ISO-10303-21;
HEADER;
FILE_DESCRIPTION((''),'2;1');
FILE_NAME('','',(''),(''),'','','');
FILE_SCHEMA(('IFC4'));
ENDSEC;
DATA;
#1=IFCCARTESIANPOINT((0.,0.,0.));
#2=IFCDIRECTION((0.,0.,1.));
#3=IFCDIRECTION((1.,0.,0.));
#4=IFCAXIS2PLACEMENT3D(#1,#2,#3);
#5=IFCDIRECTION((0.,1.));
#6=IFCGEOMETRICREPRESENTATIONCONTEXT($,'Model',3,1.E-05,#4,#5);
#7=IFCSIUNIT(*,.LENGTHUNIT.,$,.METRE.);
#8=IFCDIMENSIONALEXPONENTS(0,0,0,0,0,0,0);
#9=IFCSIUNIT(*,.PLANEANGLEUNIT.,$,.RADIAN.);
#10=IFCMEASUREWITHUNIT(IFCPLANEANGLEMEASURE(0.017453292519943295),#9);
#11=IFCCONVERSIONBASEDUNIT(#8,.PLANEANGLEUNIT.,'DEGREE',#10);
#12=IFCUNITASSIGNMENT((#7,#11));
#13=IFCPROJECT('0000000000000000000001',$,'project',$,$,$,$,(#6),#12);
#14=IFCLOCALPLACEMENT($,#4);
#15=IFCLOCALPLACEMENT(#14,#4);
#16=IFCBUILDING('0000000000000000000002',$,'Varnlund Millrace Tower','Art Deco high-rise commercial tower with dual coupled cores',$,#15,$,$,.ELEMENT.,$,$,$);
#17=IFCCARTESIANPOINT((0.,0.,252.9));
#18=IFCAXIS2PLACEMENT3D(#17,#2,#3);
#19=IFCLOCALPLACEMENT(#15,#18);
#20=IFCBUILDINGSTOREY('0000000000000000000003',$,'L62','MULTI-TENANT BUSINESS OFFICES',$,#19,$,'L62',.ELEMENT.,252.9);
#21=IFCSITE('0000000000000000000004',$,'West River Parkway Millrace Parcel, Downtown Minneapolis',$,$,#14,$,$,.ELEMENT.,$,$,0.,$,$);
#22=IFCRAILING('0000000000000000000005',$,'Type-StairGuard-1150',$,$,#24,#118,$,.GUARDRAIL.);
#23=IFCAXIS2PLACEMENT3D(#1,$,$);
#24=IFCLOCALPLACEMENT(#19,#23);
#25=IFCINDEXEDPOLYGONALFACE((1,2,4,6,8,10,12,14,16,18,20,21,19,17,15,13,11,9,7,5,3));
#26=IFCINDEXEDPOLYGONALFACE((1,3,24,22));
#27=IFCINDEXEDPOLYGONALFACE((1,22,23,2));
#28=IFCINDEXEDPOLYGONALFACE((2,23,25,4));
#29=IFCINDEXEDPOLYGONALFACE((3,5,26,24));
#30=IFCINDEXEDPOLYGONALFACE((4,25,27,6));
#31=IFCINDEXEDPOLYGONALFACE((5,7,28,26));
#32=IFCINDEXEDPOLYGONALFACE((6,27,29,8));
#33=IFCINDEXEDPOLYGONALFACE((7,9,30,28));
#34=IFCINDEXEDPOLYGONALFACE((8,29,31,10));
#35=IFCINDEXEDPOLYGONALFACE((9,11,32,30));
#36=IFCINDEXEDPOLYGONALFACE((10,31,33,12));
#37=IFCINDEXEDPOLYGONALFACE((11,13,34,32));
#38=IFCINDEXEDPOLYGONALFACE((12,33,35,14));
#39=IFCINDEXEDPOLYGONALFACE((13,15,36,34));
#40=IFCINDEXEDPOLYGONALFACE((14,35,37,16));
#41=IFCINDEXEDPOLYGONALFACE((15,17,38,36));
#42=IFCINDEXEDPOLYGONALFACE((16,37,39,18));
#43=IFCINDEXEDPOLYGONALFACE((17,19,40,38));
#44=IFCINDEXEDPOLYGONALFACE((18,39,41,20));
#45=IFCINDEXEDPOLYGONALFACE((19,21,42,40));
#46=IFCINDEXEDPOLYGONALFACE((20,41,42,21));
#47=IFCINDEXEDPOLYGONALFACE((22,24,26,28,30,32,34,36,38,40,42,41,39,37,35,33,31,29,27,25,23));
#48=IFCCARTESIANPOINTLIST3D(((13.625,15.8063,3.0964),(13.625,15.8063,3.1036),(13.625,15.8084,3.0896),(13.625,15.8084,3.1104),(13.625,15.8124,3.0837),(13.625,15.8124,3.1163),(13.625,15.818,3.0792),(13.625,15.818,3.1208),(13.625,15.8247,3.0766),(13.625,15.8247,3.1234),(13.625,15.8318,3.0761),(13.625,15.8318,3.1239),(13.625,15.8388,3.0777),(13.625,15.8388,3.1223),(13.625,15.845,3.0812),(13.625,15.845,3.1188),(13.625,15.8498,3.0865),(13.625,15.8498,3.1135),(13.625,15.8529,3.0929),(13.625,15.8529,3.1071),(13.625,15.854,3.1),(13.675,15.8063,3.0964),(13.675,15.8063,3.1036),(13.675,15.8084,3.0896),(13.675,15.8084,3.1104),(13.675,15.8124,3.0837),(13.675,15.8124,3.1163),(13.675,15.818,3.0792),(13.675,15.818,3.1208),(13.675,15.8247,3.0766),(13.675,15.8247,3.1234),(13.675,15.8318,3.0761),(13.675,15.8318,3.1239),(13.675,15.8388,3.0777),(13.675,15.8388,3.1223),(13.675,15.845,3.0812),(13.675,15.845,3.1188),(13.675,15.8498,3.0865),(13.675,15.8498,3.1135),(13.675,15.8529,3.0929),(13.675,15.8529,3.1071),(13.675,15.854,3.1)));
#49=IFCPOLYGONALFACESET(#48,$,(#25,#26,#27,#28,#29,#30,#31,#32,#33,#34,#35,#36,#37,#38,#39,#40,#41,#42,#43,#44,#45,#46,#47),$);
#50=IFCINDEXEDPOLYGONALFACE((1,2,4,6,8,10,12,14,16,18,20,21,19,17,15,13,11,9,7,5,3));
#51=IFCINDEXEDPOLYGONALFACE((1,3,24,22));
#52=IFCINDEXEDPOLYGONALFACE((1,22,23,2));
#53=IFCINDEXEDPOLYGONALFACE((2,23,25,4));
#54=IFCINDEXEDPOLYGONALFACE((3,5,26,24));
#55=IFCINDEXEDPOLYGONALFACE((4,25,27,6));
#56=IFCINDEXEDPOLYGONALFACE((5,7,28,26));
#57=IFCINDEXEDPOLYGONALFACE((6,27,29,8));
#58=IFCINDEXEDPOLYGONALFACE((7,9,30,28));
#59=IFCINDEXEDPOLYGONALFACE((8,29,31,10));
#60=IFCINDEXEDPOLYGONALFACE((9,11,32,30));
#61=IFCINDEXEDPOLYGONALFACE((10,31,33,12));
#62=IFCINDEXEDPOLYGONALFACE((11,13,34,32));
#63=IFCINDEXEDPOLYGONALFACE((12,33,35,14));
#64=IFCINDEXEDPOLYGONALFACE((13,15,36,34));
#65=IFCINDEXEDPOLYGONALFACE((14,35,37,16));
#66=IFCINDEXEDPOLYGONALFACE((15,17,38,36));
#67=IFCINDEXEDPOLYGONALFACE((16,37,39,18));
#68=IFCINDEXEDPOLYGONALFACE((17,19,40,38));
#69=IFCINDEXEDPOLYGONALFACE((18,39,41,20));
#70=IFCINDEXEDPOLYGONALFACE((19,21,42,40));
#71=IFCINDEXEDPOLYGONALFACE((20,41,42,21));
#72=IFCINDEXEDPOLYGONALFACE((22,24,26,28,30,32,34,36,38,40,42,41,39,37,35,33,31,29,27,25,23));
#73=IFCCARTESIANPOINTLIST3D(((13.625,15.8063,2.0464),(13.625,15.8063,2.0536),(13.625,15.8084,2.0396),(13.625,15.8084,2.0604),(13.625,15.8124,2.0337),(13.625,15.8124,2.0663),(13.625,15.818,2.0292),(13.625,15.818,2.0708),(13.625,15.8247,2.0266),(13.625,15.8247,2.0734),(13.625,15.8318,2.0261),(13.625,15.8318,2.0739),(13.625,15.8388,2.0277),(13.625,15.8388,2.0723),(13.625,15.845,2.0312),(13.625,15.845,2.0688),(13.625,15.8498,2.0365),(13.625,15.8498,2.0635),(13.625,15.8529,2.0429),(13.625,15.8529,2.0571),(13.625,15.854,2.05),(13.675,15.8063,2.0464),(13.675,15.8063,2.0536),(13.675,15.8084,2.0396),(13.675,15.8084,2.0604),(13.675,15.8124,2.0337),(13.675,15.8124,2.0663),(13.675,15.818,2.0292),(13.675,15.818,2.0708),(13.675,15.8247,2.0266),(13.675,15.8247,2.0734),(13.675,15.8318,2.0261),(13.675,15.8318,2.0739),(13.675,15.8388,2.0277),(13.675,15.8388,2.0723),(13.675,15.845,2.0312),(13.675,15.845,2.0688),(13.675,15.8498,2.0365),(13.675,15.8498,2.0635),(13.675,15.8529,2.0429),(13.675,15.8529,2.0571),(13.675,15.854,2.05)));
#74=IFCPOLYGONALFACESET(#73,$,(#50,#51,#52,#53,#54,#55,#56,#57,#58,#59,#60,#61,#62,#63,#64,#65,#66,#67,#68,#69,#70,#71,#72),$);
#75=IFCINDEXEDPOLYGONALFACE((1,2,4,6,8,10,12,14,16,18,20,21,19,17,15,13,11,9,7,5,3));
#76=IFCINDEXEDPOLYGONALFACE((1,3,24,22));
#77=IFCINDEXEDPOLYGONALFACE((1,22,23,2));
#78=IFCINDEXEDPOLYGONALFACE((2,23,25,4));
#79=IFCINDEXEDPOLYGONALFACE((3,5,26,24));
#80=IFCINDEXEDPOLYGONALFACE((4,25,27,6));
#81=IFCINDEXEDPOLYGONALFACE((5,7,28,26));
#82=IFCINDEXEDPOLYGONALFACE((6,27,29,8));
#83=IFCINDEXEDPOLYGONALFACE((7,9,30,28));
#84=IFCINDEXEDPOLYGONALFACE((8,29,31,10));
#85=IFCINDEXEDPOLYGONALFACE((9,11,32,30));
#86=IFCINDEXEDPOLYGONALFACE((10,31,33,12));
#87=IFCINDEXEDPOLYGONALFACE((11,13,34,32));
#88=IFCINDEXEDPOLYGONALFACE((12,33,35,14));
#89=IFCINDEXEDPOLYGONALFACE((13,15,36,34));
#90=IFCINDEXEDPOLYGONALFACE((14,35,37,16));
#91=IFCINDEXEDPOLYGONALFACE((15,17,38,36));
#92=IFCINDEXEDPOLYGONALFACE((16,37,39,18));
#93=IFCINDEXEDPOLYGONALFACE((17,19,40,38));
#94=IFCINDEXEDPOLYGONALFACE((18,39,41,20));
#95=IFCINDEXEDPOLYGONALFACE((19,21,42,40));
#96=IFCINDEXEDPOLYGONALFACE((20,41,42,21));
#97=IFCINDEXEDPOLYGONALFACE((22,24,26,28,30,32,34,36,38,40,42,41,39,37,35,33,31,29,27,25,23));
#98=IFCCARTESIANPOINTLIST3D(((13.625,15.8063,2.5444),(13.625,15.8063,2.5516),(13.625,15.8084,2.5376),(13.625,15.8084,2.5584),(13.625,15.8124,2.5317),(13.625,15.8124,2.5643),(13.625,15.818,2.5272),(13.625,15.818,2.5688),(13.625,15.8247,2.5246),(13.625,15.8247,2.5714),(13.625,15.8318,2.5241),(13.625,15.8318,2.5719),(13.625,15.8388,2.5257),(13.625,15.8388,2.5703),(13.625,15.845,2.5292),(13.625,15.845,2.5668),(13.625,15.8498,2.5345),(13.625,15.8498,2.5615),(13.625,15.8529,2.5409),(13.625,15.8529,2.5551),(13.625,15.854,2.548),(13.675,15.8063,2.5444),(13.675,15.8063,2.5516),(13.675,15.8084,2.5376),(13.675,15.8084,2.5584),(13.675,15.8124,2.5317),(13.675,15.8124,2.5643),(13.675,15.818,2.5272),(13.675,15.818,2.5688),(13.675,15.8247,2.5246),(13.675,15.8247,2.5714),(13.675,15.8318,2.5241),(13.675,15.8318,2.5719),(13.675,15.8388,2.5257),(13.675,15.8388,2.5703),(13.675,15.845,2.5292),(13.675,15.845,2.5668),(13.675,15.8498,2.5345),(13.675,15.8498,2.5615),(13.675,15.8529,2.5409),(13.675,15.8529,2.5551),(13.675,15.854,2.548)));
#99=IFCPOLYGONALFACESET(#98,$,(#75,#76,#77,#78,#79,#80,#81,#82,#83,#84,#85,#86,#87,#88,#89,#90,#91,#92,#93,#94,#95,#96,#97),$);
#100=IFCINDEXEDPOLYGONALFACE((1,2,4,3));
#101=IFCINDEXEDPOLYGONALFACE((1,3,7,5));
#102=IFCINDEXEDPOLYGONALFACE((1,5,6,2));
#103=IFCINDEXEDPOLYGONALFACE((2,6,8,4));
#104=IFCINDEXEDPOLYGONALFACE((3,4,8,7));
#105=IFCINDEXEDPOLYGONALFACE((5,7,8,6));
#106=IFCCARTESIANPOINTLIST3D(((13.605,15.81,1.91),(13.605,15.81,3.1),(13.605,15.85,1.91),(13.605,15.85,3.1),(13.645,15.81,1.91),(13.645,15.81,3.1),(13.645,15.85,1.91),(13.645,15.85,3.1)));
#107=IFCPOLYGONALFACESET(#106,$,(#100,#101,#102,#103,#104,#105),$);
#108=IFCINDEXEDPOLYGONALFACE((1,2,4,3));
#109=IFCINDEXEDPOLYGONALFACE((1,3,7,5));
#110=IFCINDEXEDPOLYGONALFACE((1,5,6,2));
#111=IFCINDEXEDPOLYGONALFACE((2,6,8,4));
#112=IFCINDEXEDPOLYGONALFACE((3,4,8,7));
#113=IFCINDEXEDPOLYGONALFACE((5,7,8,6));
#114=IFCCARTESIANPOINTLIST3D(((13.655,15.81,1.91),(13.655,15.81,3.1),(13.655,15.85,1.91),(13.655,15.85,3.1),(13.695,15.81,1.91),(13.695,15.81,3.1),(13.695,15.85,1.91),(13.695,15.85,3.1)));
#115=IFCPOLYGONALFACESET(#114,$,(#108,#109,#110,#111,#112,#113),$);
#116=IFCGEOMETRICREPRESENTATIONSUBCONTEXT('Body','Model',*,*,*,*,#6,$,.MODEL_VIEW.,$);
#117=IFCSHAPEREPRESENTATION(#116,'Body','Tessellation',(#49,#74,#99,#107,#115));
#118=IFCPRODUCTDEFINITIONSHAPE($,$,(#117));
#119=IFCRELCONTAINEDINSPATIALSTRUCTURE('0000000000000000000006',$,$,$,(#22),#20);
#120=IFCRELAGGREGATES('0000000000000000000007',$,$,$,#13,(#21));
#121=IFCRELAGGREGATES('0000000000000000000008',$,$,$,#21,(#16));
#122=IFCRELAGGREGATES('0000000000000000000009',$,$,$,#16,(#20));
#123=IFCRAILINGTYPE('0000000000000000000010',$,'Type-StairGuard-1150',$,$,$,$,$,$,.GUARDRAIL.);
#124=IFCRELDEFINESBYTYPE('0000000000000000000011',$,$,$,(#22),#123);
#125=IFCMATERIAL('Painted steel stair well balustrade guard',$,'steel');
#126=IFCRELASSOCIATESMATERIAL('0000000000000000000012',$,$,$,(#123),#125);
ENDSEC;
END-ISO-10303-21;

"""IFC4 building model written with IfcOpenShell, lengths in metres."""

from ifc_helpers import new_model, entity, si_unit, converted_unit, direction, frame, origin_with_axes, origin_2d_with_axis, place, context, subcontext, project, spatial, rectangle, circle, extrude, material, type_object, element, save


model = new_model("IFC4")

# Units and contexts
model_context = context("Model", 3, precision=1e-05, world=origin_with_axes(), true_north=direction((0.0, 1.0)))
body_context = subcontext(model_context, "Body", "Model", "MODEL_VIEW")
ifc_project = project(units=[si_unit("LENGTHUNIT", "METRE"), converted_unit("PLANEANGLEUNIT", "DEGREE", entity("IfcPlaneAngleMeasure", 0.017453292519943295), si_unit("PLANEANGLEUNIT", "RADIAN"), dimensions=[0, 0, 0, 0, 0, 0, 0])], contexts=[model_context])

# Site, building, storey
site_placement = place(None, origin_with_axes())
site = spatial("IfcSite", under=ifc_project, at=site_placement, Name="West River Parkway Millrace Parcel, Downtown Minneapolis", CompositionType="ELEMENT", RefElevation=0.0)
building_placement = place(site_placement, origin_with_axes())
building = spatial("IfcBuilding", under=site, at=building_placement, Name="Varnlund Millrace Tower", Description="Art Deco high-rise commercial tower with dual coupled cores", CompositionType="ELEMENT")
storey_placement = place(building_placement, frame((0.0, 0.0, 252.9), z_axis=(0.0, 0.0, 1.0), x_axis=(1.0, 0.0, 0.0)))
storey = spatial("IfcBuildingStorey", under=building, at=storey_placement, Name="L62", Description="MULTI-TENANT BUSINESS OFFICES", LongName="L62", CompositionType="ELEMENT", Elevation=252.9)

# Railing
ifc_material_1 = material(Name="Painted steel stair well balustrade guard", Category="steel")
railing_type_1 = type_object("IfcRailingType", Name="Type-StairGuard-1150", PredefinedType="GUARDRAIL", material=ifc_material_1)
railing_1_placement = place(storey_placement, frame((0.0, 0.0, -252.9), z_axis=(0.0, 0.0, 1.0), x_axis=(1.0, 0.0, 0.0)))
element("IfcRailing", 1, at=railing_1_placement, inside=storey, type_object=railing_type_1, Name="Type-StairGuard-1150", PredefinedType="GUARDRAIL", context=body_context, shape_type="SweptSolid", body=[
    extrude(circle(Radius=0.024, at=origin_2d_with_axis()), frame((13.625, 15.83, 256.0), z_axis=(1.0, 0.0, 0.0), x_axis=(0.0, 1.0, 0.0)), (0.0, 0.0, 1.0), 0.05),
    extrude(circle(Radius=0.024, at=origin_2d_with_axis()), frame((13.625, 15.83, 254.95), z_axis=(1.0, 0.0, 0.0), x_axis=(0.0, 1.0, 0.0)), (0.0, 0.0, 1.0), 0.05),
    extrude(circle(Radius=0.024, at=origin_2d_with_axis()), frame((13.625, 15.83, 255.448), z_axis=(1.0, 0.0, 0.0), x_axis=(0.0, 1.0, 0.0)), (0.0, 0.0, 1.0), 0.05),
    extrude(rectangle(XDim=0.04, YDim=0.04, at=origin_2d_with_axis()), frame((13.625, 15.83, 254.81), z_axis=(0.0, 0.0, 1.0), x_axis=(1.0, 0.0, 0.0)), (0.0, 0.0, 1.0), 1.19),
    extrude(rectangle(XDim=0.04, YDim=0.04, at=origin_2d_with_axis()), frame((13.675, 15.83, 254.81), z_axis=(0.0, 0.0, 1.0), x_axis=(1.0, 0.0, 0.0)), (0.0, 0.0, 1.0), 1.19),
])

save(model, "model.ifc")
